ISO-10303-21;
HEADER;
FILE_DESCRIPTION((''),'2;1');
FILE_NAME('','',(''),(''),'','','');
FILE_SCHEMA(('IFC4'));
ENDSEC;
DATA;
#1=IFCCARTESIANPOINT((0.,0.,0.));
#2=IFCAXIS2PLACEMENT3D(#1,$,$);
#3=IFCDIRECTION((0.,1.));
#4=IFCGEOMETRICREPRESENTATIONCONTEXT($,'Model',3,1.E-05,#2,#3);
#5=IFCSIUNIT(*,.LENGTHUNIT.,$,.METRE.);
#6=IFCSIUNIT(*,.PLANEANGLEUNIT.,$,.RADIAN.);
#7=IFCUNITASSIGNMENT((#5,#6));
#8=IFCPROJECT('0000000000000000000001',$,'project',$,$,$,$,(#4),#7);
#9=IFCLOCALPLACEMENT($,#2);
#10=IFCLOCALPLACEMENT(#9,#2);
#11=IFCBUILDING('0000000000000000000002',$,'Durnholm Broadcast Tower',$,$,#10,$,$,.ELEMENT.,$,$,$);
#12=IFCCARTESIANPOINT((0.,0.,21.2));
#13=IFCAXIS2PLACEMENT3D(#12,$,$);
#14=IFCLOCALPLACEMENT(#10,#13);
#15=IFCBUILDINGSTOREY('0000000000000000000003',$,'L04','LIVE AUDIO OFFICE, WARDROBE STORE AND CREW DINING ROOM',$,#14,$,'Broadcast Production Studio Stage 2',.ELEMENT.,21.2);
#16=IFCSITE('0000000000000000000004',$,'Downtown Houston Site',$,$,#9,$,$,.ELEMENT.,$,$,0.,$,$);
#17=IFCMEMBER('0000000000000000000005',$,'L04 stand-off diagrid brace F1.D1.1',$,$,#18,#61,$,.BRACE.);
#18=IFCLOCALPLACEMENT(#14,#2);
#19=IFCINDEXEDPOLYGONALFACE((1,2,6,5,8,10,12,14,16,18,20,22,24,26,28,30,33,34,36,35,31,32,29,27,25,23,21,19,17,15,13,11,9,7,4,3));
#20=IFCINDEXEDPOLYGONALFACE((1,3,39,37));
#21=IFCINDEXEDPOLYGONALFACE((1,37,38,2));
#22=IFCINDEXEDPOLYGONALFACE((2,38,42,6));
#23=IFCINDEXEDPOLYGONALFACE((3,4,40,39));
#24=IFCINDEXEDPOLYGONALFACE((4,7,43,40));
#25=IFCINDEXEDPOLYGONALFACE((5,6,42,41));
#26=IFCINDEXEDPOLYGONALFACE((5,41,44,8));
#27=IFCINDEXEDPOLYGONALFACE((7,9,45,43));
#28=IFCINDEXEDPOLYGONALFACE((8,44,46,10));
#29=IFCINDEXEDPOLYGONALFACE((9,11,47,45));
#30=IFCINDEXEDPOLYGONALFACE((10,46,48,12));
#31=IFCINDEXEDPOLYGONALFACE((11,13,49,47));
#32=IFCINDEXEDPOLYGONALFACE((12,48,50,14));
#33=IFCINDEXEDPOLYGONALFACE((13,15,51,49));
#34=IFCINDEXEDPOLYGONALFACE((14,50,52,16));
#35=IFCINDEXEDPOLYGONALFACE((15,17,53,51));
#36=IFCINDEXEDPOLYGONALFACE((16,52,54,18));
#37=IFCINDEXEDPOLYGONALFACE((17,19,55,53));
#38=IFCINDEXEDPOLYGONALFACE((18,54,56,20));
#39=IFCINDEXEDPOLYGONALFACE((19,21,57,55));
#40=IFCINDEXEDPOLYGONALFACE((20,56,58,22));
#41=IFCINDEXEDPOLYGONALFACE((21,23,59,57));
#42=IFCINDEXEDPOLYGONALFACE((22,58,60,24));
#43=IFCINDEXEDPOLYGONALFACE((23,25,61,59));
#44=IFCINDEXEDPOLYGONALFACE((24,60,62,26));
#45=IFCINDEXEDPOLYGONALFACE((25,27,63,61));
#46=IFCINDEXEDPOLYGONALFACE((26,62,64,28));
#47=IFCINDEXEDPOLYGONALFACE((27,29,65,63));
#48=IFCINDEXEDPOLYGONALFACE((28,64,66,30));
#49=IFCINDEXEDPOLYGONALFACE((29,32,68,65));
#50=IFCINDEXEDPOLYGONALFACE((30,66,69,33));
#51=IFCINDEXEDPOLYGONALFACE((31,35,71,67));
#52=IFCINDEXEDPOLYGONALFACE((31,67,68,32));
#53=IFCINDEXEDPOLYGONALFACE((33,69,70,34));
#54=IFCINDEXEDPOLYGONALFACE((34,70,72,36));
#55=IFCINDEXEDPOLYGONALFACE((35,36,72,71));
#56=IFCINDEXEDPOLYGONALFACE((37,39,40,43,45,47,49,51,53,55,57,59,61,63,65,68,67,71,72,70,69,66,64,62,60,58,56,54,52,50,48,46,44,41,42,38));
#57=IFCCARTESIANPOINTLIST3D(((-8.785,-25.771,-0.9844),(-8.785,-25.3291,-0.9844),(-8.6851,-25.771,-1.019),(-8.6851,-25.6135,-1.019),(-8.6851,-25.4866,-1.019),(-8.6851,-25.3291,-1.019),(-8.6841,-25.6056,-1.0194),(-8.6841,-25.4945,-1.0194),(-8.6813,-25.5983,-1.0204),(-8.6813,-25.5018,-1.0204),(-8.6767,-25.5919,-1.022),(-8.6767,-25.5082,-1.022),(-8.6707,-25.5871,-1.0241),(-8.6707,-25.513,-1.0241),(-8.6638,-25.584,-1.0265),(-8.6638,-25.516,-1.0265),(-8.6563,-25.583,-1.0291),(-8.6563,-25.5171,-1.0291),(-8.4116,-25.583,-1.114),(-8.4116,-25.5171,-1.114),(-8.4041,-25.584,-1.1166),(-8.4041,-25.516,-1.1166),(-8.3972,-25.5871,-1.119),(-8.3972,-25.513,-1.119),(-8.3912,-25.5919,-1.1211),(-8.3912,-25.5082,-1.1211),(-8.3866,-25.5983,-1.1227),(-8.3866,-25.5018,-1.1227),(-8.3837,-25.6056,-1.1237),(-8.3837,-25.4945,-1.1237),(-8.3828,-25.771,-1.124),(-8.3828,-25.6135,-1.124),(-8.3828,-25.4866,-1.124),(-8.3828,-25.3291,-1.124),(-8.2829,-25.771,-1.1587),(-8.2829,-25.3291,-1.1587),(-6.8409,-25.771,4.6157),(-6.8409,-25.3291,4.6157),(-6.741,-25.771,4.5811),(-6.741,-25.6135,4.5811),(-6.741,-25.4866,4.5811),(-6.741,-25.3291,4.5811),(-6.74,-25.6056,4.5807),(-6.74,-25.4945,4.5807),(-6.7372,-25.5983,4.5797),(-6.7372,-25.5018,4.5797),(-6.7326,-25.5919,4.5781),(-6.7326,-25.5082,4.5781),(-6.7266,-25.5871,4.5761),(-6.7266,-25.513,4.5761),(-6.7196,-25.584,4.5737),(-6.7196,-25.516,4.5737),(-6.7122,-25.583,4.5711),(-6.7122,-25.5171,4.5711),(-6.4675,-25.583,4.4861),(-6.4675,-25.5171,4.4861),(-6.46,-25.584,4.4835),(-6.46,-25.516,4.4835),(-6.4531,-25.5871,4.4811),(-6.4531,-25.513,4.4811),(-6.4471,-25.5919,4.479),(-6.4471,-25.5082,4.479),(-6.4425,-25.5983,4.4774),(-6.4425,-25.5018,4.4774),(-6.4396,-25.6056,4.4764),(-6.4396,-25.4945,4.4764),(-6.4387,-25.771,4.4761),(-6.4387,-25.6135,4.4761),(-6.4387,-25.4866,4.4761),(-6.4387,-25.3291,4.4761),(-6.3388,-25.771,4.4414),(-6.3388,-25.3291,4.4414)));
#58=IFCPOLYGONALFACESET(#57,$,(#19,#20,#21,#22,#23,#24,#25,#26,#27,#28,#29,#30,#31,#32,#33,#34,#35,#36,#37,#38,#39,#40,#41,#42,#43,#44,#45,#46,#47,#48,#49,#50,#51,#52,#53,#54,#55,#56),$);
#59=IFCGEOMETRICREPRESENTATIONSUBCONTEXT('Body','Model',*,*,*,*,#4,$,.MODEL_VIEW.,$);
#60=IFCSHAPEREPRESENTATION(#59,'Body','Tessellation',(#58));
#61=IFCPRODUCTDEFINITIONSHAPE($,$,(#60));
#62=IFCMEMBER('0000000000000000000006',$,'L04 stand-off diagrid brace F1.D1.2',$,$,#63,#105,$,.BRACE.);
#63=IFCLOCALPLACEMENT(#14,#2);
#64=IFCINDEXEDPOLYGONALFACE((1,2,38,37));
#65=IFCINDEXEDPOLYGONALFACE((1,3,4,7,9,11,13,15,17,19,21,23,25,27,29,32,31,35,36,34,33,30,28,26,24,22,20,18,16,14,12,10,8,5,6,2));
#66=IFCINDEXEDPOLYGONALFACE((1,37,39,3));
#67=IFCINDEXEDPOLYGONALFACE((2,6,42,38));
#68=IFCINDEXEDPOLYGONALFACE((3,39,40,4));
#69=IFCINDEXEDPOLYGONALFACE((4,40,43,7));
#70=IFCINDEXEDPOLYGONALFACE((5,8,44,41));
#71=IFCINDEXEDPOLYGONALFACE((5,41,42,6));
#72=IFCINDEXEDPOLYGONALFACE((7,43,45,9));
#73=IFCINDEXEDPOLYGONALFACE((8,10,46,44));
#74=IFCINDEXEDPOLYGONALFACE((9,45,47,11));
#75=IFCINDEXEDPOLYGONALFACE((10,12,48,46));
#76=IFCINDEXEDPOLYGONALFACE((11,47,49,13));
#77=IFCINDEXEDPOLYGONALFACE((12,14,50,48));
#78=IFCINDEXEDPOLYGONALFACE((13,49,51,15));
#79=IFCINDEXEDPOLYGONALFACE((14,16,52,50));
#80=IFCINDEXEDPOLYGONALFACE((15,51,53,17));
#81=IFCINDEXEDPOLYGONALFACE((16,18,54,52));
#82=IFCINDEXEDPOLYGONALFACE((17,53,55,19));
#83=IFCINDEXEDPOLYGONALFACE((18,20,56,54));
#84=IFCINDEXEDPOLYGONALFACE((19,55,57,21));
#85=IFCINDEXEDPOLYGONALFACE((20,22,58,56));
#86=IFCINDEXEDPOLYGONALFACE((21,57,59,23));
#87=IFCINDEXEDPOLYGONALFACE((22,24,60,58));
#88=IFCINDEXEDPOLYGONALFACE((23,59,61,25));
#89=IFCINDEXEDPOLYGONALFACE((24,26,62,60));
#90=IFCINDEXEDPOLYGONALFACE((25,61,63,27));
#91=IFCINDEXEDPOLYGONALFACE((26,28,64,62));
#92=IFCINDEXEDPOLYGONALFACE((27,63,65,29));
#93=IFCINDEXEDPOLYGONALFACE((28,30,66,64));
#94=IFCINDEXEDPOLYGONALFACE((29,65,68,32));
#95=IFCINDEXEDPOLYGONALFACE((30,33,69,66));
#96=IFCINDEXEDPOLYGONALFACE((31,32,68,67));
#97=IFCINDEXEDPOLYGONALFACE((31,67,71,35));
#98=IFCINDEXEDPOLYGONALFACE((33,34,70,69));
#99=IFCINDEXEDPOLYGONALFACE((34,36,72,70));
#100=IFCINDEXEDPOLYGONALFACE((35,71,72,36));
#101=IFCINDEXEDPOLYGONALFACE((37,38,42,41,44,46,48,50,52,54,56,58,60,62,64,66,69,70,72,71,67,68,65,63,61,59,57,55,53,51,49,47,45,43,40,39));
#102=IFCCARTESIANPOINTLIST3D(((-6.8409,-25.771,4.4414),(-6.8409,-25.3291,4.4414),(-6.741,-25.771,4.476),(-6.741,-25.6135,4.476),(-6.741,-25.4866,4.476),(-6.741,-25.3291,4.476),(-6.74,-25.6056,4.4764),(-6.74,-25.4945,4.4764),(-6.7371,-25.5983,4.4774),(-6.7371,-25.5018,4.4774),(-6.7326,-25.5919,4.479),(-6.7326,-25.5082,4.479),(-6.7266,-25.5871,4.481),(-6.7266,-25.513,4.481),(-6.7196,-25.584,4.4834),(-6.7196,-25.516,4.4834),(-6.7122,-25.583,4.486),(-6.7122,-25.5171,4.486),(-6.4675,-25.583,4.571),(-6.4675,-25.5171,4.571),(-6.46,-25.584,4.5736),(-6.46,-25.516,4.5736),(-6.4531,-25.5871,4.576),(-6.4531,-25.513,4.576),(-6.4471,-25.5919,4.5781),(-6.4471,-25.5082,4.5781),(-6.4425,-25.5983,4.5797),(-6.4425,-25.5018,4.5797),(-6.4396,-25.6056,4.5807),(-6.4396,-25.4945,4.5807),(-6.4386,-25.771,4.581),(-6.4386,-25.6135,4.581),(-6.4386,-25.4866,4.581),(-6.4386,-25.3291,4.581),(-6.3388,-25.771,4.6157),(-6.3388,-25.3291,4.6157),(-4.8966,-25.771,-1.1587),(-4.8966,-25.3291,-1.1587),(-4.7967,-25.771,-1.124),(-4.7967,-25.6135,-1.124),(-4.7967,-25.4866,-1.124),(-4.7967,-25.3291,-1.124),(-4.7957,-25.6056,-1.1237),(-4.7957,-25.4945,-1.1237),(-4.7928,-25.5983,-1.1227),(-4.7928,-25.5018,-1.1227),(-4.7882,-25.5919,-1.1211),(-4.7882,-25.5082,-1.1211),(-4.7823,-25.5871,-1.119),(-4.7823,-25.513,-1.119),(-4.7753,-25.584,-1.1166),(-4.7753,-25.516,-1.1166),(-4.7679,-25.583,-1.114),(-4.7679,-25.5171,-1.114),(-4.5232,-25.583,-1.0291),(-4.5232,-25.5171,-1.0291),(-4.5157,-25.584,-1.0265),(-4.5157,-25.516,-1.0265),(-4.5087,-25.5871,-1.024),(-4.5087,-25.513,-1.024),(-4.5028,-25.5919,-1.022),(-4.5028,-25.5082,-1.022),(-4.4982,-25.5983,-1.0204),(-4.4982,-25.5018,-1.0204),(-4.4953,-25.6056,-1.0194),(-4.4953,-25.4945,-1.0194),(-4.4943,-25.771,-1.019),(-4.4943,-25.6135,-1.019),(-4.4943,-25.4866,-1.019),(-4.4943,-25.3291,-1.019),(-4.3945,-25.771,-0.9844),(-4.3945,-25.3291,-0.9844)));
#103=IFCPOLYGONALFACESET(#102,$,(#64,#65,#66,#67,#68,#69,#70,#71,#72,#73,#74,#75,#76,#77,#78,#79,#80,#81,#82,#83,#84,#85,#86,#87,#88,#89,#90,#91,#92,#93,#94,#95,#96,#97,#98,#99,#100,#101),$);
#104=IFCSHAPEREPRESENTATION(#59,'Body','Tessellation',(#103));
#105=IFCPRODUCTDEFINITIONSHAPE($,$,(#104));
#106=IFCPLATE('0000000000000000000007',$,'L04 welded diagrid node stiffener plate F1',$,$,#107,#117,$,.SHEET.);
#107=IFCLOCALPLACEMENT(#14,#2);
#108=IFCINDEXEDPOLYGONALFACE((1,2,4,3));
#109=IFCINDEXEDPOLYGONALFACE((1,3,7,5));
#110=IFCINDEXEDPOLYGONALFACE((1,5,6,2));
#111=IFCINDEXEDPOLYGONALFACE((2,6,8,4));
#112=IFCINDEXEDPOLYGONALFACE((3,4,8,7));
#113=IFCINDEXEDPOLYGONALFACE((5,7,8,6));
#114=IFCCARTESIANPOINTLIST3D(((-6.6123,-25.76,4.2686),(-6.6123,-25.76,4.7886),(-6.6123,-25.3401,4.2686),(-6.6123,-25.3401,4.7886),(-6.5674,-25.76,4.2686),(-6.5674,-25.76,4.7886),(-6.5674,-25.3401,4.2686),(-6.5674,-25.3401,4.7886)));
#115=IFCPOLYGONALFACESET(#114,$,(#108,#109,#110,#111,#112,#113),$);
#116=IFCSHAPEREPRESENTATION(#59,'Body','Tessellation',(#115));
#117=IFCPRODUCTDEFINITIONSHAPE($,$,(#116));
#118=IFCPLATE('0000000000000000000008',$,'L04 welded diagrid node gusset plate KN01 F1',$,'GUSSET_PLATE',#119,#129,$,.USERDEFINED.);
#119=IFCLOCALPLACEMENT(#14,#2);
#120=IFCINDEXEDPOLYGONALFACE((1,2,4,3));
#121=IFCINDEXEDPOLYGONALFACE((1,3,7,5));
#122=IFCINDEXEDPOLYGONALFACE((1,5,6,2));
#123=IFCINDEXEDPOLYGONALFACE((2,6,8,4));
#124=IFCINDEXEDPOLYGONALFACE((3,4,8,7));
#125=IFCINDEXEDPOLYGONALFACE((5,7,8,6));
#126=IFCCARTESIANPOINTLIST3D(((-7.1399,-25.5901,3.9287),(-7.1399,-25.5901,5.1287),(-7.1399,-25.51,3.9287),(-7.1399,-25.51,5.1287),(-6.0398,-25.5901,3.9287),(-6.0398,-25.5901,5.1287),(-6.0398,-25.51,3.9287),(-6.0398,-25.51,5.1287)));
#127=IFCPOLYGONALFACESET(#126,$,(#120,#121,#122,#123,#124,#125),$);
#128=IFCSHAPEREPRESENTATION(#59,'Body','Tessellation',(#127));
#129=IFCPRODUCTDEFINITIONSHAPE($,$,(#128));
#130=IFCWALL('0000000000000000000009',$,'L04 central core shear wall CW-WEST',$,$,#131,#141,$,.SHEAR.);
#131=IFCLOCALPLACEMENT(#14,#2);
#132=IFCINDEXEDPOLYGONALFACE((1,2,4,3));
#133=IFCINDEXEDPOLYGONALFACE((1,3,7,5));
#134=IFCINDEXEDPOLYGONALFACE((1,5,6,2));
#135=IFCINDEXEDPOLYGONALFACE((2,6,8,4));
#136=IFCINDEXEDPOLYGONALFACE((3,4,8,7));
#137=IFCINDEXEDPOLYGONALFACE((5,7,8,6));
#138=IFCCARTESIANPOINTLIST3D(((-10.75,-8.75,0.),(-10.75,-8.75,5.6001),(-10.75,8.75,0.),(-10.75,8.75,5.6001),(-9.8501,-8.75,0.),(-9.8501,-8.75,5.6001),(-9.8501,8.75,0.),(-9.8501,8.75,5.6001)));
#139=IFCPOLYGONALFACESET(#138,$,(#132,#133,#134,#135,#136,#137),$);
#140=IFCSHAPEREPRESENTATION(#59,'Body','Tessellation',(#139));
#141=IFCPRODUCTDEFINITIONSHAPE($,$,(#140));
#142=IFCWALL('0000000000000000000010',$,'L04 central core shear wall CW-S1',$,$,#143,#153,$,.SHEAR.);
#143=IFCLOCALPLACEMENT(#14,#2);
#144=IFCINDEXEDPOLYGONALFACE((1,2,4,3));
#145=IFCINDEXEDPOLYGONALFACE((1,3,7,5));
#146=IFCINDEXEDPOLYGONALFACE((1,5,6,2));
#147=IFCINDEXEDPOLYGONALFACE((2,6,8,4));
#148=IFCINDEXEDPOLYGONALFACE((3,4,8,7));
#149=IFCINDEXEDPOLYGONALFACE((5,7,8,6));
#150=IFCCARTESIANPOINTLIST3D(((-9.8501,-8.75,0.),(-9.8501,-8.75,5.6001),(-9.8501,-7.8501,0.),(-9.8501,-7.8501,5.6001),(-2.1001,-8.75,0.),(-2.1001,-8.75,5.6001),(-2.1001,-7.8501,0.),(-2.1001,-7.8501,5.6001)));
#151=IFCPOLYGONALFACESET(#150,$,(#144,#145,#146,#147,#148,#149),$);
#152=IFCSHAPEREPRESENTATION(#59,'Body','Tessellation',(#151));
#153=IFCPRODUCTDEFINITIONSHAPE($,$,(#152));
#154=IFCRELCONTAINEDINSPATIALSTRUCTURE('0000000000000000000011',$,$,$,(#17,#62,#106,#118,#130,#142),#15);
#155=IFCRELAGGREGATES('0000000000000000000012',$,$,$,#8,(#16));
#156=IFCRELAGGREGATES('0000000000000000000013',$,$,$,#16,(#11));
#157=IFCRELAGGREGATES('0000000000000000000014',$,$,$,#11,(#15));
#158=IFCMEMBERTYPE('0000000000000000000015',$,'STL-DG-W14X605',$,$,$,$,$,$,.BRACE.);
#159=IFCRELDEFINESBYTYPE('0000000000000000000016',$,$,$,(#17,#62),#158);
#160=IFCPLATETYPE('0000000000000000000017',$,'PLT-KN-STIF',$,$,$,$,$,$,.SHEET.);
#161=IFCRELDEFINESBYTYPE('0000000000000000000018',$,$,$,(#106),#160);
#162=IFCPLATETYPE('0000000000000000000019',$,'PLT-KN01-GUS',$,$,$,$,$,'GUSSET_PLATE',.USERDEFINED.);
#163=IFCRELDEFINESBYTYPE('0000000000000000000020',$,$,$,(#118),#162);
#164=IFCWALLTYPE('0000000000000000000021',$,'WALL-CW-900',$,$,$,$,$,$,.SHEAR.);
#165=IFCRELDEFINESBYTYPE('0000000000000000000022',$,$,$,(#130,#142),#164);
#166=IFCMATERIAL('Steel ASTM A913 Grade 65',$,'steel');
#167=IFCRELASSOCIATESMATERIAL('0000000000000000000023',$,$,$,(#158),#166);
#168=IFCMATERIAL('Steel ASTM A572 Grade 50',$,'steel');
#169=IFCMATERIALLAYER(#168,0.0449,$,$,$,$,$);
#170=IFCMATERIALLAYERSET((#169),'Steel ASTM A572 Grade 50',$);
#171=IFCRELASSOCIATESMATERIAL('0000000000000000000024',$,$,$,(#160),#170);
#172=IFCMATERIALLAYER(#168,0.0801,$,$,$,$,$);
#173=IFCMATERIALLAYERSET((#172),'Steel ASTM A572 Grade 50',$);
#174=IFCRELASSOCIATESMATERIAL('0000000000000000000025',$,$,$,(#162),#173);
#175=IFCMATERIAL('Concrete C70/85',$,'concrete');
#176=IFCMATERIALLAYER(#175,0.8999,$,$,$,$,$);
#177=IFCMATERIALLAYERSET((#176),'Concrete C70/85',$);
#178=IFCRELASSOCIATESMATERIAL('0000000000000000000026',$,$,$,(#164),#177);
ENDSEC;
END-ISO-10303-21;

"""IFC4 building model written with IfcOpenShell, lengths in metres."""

from ifc_helpers import new_model, si_unit, direction, frame, frame_2d, origin, origin_2d, place, context, subcontext, project, spatial, rectangle, i_section, extrude, source, transform, mapped, material, layer, layer_set, material_profile, profile_set, type_object, type_shapes, element, save


model = new_model("IFC4")

# Units and contexts
model_context = context("Model", 3, precision=1e-05, world=origin(), true_north=direction((0.0, 1.0)))
body_context = subcontext(model_context, "Body", "Model", "MODEL_VIEW")
ifc_project = project(units=[si_unit("LENGTHUNIT", "METRE"), si_unit("PLANEANGLEUNIT", "RADIAN")], contexts=[model_context])

# Site, building, storey
site_placement = place(None, origin())
site = spatial("IfcSite", under=ifc_project, at=site_placement, Name="Downtown Houston Site", CompositionType="ELEMENT", RefElevation=0.0)
building_placement = place(site_placement, origin())
building = spatial("IfcBuilding", under=site, at=building_placement, Name="Durnholm Broadcast Tower", CompositionType="ELEMENT")
storey_placement = place(building_placement, frame((0.0, 0.0, 21.2)))
storey = spatial("IfcBuildingStorey", under=building, at=storey_placement, Name="L04", Description="LIVE AUDIO OFFICE, WARDROBE STORE AND CREW DINING ROOM", LongName="Broadcast Production Studio Stage 2", CompositionType="ELEMENT", Elevation=21.2)

# Shared definitions
ifc_material_1 = material(Name="Concrete C70/85", Category="concrete")
ifc_material_2 = material(Name="Steel ASTM A913 Grade 65", Category="steel")

# Members
ifc_material_profile_1 = material_profile(ifc_material_2, i_section(OverallWidth=0.4419, OverallDepth=0.5315, WebThickness=0.0659, FlangeThickness=0.1057, FilletRadius=0.0305, at=origin_2d()), Name="W14X605")
ifc_profile_set_1 = profile_set([ifc_material_profile_1], Name="Steel ASTM A913 Grade 65")
member_type = type_object("IfcMemberType", Name="STL-DG-W14X605", PredefinedType="BRACE", material=ifc_profile_set_1)
shared_shape_1 = source(origin(), body_context, "Body", "SweptSolid", [
    extrude(i_section(OverallWidth=0.4419, OverallDepth=0.5315, WebThickness=0.0659, FlangeThickness=0.1057, FilletRadius=0.0305, at=origin_2d()), origin(), (0.0, 0.0, 1.0), 5.928),
])
type_shapes(member_type, [shared_shape_1])
for number, where, z_axis, x_axis, name in (
    (1, (-8.5339, -25.55, -1.0715), (0.327953, 0.0, 0.944694), (0.0, 1.0, 0.0), "L04 stand-off diagrid brace F1.D1.1"),
    (2, (-4.6455, -25.55, -1.0715), (-0.32799, 0.0, 0.944681), (0.0, -1.0, 0.0), "L04 stand-off diagrid brace F1.D1.2"),
):
    element("IfcMember", number, at=place(storey_placement, frame(where, z_axis=z_axis, x_axis=x_axis)), inside=storey, type_object=member_type, Name=name, PredefinedType="BRACE", context=body_context, shape_type="MappedRepresentation", body=[
        mapped(shared_shape_1, transform((0.0, 0.0, 0.0), x_axis=(1.0, 0.0, 0.0), y_axis=(0.0, 1.0, 0.0), z_axis=(0.0, 0.0, 1.0), scale=1.0)),
    ])

# Plates
ifc_material_3 = material(Name="Steel ASTM A572 Grade 50", Category="steel")
ifc_layer_1 = layer(ifc_material_3, 0.0449)
ifc_layer_set_1 = layer_set([ifc_layer_1], Name="Steel ASTM A572 Grade 50")
plate_type_1 = type_object("IfcPlateType", Name="PLT-KN-STIF", PredefinedType="SHEET", material=ifc_layer_set_1)
shared_shape_2 = source(origin(), body_context, "Body", "SweptSolid", [
    extrude(rectangle(XDim=0.0449, YDim=0.4199, at=origin_2d()), origin(), (0.0, 0.0, 1.0), 0.52),
])
type_shapes(plate_type_1, [shared_shape_2])
plate_1_placement = place(storey_placement, frame((-6.5898, -25.55, 4.2686), z_axis=(0.0, 0.0, 1.0), x_axis=(1.0, 0.0, 0.0)))
element("IfcPlate", 3, at=plate_1_placement, inside=storey, type_object=plate_type_1, Name="L04 welded diagrid node stiffener plate F1", PredefinedType="SHEET", context=body_context, shape_type="MappedRepresentation", body=[
    mapped(shared_shape_2, transform((0.0, 0.0, 0.0), x_axis=(1.0, 0.0, 0.0), y_axis=(0.0, 1.0, 0.0), z_axis=(0.0, 0.0, 1.0), scale=1.0)),
])
ifc_layer_2 = layer(ifc_material_3, 0.0801)
ifc_layer_set_2 = layer_set([ifc_layer_2], Name="Steel ASTM A572 Grade 50")
plate_type_2 = type_object("IfcPlateType", Name="PLT-KN01-GUS", ElementType="GUSSET_PLATE", PredefinedType="USERDEFINED", material=ifc_layer_set_2)
shared_shape_3 = source(origin(), body_context, "Body", "SweptSolid", [
    extrude(rectangle(XDim=1.1001, YDim=0.0801, at=origin_2d()), origin(), (0.0, 0.0, 1.0), 1.2),
])
type_shapes(plate_type_2, [shared_shape_3])
plate_2_placement = place(storey_placement, frame((-6.5898, -25.55, 3.9287), z_axis=(0.0, 0.0, 1.0), x_axis=(1.0, 0.0, 0.0)))
element("IfcPlate", 4, at=plate_2_placement, inside=storey, type_object=plate_type_2, Name="L04 welded diagrid node gusset plate KN01 F1", ObjectType="GUSSET_PLATE", PredefinedType="USERDEFINED", context=body_context, shape_type="MappedRepresentation", body=[
    mapped(shared_shape_3, transform((0.0, 0.0, 0.0), x_axis=(1.0, 0.0, 0.0), y_axis=(0.0, 1.0, 0.0), z_axis=(0.0, 0.0, 1.0), scale=1.0)),
])

# Walls
ifc_layer_3 = layer(ifc_material_1, 0.8999)
ifc_layer_set_3 = layer_set([ifc_layer_3], Name="Concrete C70/85")
wall_type_1 = type_object("IfcWallType", Name="WALL-CW-900", PredefinedType="SHEAR", material=ifc_layer_set_3)
wall_1_placement = place(storey_placement, frame((-10.3, -8.75, 0.0), z_axis=(0.0, 0.0, 1.0), x_axis=(0.0, 1.0, 0.0)))
element("IfcWall", 5, at=wall_1_placement, inside=storey, type_object=wall_type_1, Name="L04 central core shear wall CW-WEST", PredefinedType="SHEAR", context=body_context, shape_type="SweptSolid", body=[
    extrude(rectangle(XDim=17.5, YDim=0.8999, at=frame_2d((8.75, 0.0))), origin(), (0.0, 0.0, 1.0), 5.6001),
])
wall_2_placement = place(storey_placement, frame((-9.8501, -8.3, 0.0), z_axis=(0.0, 0.0, 1.0), x_axis=(1.0, 0.0, 0.0)))
element("IfcWall", 6, at=wall_2_placement, inside=storey, type_object=wall_type_1, Name="L04 central core shear wall CW-S1", PredefinedType="SHEAR", context=body_context, shape_type="SweptSolid", body=[
    extrude(rectangle(XDim=7.75, YDim=0.8999, at=frame_2d((3.875, 0.0))), origin(), (0.0, 0.0, 1.0), 5.6001),
])

save(model, "model.ifc")
